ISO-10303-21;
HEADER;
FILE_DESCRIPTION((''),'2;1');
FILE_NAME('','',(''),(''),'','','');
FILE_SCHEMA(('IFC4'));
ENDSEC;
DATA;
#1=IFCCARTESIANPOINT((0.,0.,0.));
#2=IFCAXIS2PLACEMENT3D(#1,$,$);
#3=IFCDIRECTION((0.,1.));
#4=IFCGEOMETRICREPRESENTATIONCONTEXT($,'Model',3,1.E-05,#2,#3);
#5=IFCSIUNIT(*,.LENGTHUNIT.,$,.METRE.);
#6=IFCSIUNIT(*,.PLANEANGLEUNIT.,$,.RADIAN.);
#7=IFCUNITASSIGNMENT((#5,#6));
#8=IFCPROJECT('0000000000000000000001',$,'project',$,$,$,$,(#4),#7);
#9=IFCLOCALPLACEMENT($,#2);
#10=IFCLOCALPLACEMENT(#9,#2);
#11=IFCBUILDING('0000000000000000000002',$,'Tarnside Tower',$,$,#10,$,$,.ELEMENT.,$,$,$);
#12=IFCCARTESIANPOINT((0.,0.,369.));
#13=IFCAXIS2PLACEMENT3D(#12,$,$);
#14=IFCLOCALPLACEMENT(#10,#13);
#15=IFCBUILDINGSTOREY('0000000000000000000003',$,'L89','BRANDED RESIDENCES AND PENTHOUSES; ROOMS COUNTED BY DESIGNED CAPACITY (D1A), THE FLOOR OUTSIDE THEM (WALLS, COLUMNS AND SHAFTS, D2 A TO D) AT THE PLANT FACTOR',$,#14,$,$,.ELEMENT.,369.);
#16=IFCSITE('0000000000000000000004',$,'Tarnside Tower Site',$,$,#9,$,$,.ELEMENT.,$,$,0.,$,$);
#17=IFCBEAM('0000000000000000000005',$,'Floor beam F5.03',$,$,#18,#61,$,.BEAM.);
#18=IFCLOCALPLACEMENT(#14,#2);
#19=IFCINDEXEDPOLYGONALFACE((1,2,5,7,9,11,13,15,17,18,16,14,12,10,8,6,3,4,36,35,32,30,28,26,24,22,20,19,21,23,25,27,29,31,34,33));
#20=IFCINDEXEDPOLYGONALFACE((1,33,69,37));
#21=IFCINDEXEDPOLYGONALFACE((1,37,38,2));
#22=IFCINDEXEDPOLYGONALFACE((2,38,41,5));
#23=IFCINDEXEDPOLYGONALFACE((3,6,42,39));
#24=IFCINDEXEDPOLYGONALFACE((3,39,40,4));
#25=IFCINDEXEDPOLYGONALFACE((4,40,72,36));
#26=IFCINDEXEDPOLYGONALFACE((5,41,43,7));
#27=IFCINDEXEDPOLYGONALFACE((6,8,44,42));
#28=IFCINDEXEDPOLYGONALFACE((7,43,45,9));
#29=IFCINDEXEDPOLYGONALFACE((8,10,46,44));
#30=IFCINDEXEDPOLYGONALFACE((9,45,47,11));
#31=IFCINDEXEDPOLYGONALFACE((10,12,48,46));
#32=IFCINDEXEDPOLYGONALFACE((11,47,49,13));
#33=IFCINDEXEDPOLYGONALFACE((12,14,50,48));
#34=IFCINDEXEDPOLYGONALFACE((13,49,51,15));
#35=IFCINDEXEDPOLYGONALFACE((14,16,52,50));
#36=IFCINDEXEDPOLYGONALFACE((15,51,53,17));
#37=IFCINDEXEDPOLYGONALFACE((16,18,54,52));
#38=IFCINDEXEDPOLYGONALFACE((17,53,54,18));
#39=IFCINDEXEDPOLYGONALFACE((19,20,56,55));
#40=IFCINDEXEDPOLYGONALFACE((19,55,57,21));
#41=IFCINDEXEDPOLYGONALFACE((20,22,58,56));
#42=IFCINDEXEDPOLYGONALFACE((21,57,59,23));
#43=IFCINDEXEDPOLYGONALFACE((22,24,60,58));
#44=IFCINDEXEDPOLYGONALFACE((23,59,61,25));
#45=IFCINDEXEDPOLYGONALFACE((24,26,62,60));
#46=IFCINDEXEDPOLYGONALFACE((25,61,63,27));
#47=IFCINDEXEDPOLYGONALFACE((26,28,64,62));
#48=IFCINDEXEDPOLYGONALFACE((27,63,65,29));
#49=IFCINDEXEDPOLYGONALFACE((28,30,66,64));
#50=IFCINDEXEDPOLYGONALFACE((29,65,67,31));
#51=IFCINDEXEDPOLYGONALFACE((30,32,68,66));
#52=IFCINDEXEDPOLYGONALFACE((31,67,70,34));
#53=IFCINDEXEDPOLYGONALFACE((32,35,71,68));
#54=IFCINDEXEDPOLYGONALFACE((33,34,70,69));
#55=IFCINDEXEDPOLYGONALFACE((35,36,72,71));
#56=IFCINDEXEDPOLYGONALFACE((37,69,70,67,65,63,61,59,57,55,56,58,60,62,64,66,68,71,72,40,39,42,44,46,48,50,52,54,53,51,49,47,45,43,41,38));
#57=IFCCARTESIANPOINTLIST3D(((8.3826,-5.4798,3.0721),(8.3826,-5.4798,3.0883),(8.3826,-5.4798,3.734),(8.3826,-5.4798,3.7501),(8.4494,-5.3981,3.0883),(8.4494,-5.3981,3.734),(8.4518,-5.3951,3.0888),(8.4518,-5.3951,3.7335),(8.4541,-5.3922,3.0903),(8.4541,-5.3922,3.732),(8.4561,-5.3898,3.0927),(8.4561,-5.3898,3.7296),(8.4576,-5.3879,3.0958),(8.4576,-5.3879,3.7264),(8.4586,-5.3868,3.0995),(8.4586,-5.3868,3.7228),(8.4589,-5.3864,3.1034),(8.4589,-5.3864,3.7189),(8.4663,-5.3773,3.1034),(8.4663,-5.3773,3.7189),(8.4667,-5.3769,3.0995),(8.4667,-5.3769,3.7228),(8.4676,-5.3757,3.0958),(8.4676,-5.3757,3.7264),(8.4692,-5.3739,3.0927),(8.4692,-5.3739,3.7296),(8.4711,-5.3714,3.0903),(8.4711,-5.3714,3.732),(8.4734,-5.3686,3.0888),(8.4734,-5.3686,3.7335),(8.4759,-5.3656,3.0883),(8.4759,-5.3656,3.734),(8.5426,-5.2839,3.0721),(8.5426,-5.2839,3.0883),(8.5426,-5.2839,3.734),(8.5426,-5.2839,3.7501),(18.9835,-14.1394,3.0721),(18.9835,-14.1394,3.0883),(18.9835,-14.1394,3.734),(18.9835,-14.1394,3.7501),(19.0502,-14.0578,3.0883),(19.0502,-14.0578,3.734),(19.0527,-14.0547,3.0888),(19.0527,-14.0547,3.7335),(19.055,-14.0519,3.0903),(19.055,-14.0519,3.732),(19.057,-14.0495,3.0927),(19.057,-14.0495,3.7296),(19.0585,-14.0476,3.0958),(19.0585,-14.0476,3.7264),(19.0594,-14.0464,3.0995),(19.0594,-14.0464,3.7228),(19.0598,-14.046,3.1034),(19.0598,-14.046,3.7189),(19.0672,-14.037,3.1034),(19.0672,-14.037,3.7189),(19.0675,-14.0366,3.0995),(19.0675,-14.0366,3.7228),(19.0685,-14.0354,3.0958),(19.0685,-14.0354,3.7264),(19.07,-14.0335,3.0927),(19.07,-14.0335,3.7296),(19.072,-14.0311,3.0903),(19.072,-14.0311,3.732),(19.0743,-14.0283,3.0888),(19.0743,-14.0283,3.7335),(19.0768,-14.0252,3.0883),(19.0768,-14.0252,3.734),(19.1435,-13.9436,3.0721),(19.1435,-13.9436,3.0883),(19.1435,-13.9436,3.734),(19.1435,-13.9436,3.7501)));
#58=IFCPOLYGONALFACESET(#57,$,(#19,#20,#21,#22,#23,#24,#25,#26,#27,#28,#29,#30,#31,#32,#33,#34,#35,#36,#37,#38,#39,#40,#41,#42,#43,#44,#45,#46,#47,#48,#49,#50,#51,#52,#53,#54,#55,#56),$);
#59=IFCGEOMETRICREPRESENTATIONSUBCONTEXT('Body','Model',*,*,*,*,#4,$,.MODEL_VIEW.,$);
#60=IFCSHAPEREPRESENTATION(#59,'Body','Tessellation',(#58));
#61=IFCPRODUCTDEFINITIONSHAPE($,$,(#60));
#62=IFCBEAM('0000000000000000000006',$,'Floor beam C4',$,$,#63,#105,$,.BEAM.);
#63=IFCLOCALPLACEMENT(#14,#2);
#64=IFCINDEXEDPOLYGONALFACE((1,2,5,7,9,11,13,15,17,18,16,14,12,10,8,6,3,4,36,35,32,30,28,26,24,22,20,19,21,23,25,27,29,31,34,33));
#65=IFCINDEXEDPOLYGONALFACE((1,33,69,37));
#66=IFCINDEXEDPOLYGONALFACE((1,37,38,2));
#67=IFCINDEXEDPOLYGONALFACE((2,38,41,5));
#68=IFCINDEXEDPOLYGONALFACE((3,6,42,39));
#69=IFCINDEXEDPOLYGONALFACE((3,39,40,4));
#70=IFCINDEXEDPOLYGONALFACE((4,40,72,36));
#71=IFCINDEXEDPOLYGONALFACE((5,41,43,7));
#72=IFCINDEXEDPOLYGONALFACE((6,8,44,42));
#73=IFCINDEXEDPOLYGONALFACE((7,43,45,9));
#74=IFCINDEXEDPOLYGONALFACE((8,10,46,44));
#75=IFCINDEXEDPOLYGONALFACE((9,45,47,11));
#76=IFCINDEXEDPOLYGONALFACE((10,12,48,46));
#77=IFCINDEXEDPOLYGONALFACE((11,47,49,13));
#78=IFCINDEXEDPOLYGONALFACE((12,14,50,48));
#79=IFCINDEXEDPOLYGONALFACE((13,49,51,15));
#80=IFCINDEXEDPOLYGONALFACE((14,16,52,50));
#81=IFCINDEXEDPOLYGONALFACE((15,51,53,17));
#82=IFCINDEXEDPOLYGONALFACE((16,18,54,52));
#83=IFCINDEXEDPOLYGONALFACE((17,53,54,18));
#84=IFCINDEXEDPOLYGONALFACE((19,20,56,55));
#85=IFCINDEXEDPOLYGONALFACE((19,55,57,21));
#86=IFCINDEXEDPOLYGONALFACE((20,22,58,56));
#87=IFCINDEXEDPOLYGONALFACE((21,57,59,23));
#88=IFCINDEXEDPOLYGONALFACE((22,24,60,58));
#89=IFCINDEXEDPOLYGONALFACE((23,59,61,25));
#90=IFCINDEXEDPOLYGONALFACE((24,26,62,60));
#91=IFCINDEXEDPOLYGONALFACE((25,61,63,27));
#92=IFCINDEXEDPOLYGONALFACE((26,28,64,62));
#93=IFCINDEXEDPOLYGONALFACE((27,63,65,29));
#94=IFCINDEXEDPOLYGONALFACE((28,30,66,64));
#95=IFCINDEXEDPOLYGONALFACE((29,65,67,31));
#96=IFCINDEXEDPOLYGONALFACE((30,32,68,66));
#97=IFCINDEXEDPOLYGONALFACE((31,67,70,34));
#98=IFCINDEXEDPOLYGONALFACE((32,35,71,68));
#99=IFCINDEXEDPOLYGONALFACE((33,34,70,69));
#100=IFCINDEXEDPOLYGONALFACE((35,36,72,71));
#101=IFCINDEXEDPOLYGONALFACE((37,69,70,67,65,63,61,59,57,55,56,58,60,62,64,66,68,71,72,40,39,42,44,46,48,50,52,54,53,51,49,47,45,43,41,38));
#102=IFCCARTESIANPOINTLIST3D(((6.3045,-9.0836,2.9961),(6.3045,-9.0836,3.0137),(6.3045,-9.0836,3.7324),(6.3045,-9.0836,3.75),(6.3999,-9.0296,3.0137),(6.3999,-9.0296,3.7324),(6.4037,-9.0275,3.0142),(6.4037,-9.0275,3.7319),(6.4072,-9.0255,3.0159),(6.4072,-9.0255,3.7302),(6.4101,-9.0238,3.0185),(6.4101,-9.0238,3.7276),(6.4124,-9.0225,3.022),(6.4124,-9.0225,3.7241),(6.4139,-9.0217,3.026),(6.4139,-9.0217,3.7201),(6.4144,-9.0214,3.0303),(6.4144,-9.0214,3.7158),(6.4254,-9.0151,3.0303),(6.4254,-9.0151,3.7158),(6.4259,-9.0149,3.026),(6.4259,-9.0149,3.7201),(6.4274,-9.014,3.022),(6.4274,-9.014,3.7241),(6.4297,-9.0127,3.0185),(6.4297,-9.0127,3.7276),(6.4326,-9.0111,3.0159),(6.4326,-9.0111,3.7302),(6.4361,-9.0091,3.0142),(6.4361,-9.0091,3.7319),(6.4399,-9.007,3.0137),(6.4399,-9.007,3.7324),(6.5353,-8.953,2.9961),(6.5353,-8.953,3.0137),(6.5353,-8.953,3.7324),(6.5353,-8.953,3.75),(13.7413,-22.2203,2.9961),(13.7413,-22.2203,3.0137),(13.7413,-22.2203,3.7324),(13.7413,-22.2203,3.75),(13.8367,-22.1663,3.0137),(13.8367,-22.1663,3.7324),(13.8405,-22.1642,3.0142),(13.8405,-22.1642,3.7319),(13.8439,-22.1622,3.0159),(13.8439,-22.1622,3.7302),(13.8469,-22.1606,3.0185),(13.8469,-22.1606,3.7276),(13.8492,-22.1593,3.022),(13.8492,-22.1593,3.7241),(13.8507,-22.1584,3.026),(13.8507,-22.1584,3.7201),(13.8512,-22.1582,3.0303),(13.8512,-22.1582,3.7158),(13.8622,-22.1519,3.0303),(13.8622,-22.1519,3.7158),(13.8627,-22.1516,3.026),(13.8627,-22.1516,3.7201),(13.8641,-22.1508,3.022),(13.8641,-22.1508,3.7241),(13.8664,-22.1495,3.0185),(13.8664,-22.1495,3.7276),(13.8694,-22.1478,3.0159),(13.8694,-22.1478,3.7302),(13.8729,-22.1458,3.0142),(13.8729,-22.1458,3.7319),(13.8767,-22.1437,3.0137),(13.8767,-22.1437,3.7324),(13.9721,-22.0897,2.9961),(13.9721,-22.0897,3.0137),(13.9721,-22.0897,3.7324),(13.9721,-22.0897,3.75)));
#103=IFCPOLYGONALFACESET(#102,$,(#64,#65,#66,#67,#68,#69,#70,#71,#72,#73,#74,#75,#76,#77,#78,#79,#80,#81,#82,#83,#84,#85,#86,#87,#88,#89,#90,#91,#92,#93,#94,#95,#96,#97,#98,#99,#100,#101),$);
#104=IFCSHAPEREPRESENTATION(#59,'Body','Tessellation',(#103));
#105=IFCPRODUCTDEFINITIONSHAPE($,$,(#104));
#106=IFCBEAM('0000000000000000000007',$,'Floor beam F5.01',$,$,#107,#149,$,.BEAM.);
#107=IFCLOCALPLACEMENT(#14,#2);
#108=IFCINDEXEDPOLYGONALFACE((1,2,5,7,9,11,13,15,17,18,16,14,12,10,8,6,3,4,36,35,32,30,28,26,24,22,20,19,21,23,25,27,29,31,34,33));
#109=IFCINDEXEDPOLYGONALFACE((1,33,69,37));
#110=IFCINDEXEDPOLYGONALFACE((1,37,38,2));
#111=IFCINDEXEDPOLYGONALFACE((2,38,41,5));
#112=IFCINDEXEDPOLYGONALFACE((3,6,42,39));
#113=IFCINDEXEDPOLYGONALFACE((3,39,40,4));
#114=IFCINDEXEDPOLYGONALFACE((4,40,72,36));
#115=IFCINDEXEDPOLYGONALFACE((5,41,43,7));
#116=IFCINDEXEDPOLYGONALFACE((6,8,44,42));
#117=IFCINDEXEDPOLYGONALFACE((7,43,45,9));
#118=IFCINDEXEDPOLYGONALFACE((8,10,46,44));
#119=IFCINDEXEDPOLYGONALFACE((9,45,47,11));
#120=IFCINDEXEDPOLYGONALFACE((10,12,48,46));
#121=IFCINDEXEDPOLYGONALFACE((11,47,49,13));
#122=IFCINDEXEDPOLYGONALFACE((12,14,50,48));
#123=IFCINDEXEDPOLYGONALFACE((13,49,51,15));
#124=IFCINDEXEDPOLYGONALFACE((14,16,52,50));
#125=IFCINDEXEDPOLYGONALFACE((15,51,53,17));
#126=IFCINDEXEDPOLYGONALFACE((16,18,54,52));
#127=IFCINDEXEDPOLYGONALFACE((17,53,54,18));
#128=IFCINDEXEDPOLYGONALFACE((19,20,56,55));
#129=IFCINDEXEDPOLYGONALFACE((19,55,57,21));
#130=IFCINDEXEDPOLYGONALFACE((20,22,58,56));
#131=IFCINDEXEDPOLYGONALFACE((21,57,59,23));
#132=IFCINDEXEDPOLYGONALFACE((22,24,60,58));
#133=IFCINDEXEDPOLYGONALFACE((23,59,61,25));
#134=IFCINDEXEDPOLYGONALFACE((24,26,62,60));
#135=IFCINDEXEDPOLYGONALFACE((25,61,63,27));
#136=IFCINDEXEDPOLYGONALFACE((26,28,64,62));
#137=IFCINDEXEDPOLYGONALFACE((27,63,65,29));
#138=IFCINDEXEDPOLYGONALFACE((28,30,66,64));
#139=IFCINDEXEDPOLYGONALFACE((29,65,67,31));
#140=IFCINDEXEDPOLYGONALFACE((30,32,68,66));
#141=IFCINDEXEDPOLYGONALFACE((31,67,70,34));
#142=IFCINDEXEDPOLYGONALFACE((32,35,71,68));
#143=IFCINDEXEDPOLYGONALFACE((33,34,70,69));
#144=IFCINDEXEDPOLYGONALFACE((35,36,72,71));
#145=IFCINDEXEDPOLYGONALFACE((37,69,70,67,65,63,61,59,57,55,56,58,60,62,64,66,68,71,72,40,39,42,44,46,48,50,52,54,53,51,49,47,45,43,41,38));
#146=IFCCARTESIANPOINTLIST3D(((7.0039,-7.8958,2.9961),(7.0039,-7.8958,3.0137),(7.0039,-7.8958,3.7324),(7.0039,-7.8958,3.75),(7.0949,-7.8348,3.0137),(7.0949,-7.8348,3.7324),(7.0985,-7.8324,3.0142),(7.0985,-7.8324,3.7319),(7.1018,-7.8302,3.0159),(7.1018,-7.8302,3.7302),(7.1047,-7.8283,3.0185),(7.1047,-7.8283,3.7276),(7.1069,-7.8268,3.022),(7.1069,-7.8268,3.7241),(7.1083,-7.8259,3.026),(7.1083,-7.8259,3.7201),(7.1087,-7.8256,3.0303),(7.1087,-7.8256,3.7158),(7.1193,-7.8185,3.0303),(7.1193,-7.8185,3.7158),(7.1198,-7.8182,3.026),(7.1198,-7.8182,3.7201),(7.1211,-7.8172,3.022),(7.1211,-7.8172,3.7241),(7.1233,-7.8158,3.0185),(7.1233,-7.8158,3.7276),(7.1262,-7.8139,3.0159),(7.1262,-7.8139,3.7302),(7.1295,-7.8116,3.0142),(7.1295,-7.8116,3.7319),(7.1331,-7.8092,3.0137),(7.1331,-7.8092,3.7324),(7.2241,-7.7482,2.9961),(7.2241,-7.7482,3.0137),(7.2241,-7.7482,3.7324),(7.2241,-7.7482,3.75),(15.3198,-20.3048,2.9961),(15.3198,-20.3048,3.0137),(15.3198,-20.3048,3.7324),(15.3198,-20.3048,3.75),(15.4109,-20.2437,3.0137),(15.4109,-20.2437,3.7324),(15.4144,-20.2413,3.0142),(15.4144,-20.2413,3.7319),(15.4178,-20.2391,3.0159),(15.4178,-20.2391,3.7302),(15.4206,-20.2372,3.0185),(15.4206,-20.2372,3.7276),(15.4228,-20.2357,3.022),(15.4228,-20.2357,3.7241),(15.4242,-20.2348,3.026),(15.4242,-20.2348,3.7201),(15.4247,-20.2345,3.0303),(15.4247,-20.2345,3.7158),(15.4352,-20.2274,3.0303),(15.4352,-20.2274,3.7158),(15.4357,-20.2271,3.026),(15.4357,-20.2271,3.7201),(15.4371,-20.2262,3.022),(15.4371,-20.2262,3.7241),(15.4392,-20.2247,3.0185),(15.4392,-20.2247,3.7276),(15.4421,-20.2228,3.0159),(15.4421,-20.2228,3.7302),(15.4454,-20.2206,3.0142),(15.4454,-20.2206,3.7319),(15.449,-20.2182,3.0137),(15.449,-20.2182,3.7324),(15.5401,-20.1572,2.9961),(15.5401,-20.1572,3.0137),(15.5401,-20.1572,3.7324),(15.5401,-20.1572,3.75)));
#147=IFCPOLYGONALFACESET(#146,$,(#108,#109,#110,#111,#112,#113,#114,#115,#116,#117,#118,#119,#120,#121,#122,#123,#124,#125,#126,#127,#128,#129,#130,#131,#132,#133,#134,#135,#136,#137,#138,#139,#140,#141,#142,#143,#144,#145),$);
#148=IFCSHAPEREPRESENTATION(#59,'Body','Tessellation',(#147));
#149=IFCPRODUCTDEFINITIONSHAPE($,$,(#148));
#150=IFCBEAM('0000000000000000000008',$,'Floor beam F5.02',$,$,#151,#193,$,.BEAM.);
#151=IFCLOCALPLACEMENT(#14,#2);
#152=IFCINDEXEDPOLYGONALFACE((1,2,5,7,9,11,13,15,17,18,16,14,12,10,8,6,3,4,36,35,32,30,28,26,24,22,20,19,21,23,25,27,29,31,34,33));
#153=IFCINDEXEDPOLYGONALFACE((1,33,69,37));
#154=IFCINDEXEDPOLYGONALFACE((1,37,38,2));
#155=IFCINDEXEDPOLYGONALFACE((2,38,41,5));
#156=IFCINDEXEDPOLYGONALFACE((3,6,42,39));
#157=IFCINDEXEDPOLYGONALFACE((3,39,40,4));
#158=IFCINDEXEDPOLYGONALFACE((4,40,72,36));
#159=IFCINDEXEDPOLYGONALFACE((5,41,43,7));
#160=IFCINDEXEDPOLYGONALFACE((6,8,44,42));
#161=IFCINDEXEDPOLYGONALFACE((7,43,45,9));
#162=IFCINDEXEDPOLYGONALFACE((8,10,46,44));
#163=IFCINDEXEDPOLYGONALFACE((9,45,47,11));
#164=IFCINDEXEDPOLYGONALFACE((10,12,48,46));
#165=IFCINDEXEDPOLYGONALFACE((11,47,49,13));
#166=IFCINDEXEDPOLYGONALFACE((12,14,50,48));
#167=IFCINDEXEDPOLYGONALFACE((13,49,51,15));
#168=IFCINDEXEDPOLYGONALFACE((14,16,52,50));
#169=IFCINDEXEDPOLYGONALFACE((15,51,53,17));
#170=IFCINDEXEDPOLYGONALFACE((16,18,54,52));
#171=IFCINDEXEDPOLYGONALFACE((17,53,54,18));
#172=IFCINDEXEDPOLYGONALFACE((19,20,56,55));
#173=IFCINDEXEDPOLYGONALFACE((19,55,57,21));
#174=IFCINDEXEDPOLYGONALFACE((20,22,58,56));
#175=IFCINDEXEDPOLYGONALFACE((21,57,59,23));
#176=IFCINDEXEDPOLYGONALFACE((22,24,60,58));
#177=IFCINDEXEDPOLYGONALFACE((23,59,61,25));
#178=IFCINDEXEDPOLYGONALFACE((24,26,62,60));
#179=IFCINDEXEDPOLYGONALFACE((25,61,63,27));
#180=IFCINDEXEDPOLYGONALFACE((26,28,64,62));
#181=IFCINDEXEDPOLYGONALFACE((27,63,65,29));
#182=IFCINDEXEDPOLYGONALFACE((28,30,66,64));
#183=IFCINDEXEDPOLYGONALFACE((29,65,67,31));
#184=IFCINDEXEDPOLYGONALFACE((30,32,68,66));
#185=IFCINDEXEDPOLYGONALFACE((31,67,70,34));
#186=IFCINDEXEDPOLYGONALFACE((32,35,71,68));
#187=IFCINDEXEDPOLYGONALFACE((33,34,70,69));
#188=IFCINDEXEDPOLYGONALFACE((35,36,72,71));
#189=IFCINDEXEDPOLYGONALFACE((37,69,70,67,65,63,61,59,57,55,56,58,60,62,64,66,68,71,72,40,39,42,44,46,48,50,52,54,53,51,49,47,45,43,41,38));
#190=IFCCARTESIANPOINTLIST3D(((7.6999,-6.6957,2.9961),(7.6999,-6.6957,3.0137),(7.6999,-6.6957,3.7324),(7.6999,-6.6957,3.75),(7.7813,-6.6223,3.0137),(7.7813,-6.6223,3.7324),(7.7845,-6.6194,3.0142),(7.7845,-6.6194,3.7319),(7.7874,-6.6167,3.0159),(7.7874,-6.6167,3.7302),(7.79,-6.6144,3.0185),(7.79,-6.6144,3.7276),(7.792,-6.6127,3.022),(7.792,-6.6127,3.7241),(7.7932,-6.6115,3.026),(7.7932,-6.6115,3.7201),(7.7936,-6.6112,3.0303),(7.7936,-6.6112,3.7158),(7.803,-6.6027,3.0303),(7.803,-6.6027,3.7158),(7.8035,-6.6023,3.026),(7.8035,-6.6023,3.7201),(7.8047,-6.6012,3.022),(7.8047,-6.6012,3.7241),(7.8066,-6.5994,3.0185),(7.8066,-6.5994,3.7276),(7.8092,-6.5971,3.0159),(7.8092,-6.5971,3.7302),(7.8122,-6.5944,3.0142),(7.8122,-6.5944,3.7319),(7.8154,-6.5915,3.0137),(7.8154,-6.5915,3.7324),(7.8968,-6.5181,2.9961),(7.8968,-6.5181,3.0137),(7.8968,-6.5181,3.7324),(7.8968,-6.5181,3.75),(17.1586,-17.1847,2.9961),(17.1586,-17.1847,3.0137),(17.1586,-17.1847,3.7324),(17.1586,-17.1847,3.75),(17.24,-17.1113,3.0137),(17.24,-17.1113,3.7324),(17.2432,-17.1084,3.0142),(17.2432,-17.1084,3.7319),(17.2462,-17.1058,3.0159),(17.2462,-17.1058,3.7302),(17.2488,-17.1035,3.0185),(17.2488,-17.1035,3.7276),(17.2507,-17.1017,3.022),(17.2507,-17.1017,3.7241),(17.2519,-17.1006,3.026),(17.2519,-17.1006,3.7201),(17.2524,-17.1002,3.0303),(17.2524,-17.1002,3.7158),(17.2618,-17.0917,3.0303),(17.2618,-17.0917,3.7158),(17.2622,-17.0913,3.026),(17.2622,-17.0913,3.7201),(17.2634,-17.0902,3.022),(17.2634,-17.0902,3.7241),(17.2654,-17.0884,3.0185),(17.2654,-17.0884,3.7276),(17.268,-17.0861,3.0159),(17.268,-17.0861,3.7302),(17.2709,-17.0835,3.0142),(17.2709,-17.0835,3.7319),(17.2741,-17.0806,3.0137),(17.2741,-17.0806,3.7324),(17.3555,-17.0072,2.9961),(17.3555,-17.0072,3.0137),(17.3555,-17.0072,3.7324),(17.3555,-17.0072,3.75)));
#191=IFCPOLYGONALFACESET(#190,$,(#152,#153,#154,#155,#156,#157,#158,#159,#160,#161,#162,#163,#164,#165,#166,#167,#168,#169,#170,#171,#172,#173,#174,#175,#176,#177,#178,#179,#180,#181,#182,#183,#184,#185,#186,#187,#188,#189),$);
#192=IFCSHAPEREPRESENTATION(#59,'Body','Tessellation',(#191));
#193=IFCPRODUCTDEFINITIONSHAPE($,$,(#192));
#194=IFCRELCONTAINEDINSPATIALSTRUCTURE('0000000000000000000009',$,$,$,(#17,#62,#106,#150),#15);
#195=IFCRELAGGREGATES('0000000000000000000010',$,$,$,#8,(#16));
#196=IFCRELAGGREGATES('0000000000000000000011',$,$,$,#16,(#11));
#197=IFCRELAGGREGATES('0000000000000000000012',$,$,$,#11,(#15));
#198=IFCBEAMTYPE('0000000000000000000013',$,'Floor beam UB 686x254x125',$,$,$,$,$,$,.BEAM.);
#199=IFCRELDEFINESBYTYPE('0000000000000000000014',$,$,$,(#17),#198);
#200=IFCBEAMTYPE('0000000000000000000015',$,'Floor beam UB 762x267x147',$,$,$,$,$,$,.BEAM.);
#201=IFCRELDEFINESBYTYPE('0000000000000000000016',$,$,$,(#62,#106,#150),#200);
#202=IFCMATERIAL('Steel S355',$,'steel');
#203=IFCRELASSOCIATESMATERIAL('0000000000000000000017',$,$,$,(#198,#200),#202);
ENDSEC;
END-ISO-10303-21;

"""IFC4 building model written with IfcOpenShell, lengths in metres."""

from ifc_helpers import new_model, si_unit, direction, frame, origin, origin_2d, place, context, subcontext, project, spatial, i_section, extrude, material, material_profile, profile_set, type_object, element, save


model = new_model("IFC4")

# Units and contexts
model_context = context("Model", 3, precision=1e-05, world=origin(), true_north=direction((0.0, 1.0)))
body_context = subcontext(model_context, "Body", "Model", "MODEL_VIEW")
ifc_project = project(units=[si_unit("LENGTHUNIT", "METRE"), si_unit("PLANEANGLEUNIT", "RADIAN")], contexts=[model_context])

# Site, building, storey
site_placement = place(None, origin())
site = spatial("IfcSite", under=ifc_project, at=site_placement, Name="Tarnside Tower Site", CompositionType="ELEMENT", RefElevation=0.0)
building_placement = place(site_placement, origin())
building = spatial("IfcBuilding", under=site, at=building_placement, Name="Tarnside Tower", CompositionType="ELEMENT")
storey_placement = place(building_placement, frame((0.0, 0.0, 369.0)))
storey = spatial("IfcBuildingStorey", under=building, at=storey_placement, Name="L89", Description="BRANDED RESIDENCES AND PENTHOUSES; ROOMS COUNTED BY DESIGNED CAPACITY (D1A), THE FLOOR OUTSIDE THEM (WALLS, COLUMNS AND SHAFTS, D2 A TO D) AT THE PLANT FACTOR", CompositionType="ELEMENT", Elevation=369.0)

# Beams
ifc_material_1 = material(Name="Steel S355", Category="steel")
ifc_material_profile_1 = material_profile(ifc_material_1, i_section(OverallWidth=0.2529, OverallDepth=0.678, WebThickness=0.0117, FlangeThickness=0.0161, FilletRadius=0.0151, at=origin_2d()), Name="UB 686x254x125")
ifc_profile_set_1 = profile_set([ifc_material_profile_1], Name="Steel S355")
beam_type_1 = type_object("IfcBeamType", Name="Floor beam UB 686x254x125", PredefinedType="BEAM", material=ifc_profile_set_1)
beam_1_placement = place(storey_placement, frame((19.0635, -14.0415, 3.4111), z_axis=(-0.774449, 0.632636, 0.0), x_axis=(-0.632636, -0.774449, 0.0)))
element("IfcBeam", 1, at=beam_1_placement, inside=storey, type_object=beam_type_1, Name="Floor beam F5.03", PredefinedType="BEAM", context=body_context, shape_type="SweptSolid", body=[
    extrude(i_section(OverallWidth=0.2529, OverallDepth=0.678, WebThickness=0.0117, FlangeThickness=0.0161, FilletRadius=0.0151, at=origin_2d()), origin(), (0.0, 0.0, 1.0), 13.6882),
])
ifc_material_profile_2 = material_profile(ifc_material_1, i_section(OverallWidth=0.2651, OverallDepth=0.7539, WebThickness=0.0127, FlangeThickness=0.0176, FilletRadius=0.0166, at=origin_2d()), Name="UB 762x267x147")
ifc_profile_set_2 = profile_set([ifc_material_profile_2], Name="Steel S355")
beam_type_2 = type_object("IfcBeamType", Name="Floor beam UB 762x267x147", PredefinedType="BEAM", material=ifc_profile_set_2)
beam_2_placement = place(storey_placement, frame((13.8567, -22.155, 3.373), z_axis=(-0.492643, 0.870232, 0.0), x_axis=(-0.870232, -0.492643, 0.0)))
element("IfcBeam", 2, at=beam_2_placement, inside=storey, type_object=beam_type_2, Name="Floor beam C4", PredefinedType="BEAM", context=body_context, shape_type="SweptSolid", body=[
    extrude(i_section(OverallWidth=0.2651, OverallDepth=0.7539, WebThickness=0.0127, FlangeThickness=0.0176, FilletRadius=0.0166, at=origin_2d()), origin(), (0.0, 0.0, 1.0), 15.0957),
])
beam_3_placement = place(storey_placement, frame((15.4299, -20.231, 3.373), z_axis=(-0.556705, 0.83071, 0.0), x_axis=(-0.83071, -0.556705, 0.0)))
element("IfcBeam", 3, at=beam_3_placement, inside=storey, type_object=beam_type_2, Name="Floor beam F5.01", PredefinedType="BEAM", context=body_context, shape_type="SweptSolid", body=[
    extrude(i_section(OverallWidth=0.2651, OverallDepth=0.7539, WebThickness=0.0127, FlangeThickness=0.0176, FilletRadius=0.0166, at=origin_2d()), origin(), (0.0, 0.0, 1.0), 14.9377),
])
beam_4_placement = place(storey_placement, frame((17.2571, -17.0959, 3.373), z_axis=(-0.669693, 0.742638, 0.0), x_axis=(-0.742638, -0.669693, 0.0)))
element("IfcBeam", 4, at=beam_4_placement, inside=storey, type_object=beam_type_2, Name="Floor beam F5.02", PredefinedType="BEAM", context=body_context, shape_type="SweptSolid", body=[
    extrude(i_section(OverallWidth=0.2651, OverallDepth=0.7539, WebThickness=0.0127, FlangeThickness=0.0176, FilletRadius=0.0166, at=origin_2d()), origin(), (0.0, 0.0, 1.0), 14.124),
])

save(model, "model.ifc")
